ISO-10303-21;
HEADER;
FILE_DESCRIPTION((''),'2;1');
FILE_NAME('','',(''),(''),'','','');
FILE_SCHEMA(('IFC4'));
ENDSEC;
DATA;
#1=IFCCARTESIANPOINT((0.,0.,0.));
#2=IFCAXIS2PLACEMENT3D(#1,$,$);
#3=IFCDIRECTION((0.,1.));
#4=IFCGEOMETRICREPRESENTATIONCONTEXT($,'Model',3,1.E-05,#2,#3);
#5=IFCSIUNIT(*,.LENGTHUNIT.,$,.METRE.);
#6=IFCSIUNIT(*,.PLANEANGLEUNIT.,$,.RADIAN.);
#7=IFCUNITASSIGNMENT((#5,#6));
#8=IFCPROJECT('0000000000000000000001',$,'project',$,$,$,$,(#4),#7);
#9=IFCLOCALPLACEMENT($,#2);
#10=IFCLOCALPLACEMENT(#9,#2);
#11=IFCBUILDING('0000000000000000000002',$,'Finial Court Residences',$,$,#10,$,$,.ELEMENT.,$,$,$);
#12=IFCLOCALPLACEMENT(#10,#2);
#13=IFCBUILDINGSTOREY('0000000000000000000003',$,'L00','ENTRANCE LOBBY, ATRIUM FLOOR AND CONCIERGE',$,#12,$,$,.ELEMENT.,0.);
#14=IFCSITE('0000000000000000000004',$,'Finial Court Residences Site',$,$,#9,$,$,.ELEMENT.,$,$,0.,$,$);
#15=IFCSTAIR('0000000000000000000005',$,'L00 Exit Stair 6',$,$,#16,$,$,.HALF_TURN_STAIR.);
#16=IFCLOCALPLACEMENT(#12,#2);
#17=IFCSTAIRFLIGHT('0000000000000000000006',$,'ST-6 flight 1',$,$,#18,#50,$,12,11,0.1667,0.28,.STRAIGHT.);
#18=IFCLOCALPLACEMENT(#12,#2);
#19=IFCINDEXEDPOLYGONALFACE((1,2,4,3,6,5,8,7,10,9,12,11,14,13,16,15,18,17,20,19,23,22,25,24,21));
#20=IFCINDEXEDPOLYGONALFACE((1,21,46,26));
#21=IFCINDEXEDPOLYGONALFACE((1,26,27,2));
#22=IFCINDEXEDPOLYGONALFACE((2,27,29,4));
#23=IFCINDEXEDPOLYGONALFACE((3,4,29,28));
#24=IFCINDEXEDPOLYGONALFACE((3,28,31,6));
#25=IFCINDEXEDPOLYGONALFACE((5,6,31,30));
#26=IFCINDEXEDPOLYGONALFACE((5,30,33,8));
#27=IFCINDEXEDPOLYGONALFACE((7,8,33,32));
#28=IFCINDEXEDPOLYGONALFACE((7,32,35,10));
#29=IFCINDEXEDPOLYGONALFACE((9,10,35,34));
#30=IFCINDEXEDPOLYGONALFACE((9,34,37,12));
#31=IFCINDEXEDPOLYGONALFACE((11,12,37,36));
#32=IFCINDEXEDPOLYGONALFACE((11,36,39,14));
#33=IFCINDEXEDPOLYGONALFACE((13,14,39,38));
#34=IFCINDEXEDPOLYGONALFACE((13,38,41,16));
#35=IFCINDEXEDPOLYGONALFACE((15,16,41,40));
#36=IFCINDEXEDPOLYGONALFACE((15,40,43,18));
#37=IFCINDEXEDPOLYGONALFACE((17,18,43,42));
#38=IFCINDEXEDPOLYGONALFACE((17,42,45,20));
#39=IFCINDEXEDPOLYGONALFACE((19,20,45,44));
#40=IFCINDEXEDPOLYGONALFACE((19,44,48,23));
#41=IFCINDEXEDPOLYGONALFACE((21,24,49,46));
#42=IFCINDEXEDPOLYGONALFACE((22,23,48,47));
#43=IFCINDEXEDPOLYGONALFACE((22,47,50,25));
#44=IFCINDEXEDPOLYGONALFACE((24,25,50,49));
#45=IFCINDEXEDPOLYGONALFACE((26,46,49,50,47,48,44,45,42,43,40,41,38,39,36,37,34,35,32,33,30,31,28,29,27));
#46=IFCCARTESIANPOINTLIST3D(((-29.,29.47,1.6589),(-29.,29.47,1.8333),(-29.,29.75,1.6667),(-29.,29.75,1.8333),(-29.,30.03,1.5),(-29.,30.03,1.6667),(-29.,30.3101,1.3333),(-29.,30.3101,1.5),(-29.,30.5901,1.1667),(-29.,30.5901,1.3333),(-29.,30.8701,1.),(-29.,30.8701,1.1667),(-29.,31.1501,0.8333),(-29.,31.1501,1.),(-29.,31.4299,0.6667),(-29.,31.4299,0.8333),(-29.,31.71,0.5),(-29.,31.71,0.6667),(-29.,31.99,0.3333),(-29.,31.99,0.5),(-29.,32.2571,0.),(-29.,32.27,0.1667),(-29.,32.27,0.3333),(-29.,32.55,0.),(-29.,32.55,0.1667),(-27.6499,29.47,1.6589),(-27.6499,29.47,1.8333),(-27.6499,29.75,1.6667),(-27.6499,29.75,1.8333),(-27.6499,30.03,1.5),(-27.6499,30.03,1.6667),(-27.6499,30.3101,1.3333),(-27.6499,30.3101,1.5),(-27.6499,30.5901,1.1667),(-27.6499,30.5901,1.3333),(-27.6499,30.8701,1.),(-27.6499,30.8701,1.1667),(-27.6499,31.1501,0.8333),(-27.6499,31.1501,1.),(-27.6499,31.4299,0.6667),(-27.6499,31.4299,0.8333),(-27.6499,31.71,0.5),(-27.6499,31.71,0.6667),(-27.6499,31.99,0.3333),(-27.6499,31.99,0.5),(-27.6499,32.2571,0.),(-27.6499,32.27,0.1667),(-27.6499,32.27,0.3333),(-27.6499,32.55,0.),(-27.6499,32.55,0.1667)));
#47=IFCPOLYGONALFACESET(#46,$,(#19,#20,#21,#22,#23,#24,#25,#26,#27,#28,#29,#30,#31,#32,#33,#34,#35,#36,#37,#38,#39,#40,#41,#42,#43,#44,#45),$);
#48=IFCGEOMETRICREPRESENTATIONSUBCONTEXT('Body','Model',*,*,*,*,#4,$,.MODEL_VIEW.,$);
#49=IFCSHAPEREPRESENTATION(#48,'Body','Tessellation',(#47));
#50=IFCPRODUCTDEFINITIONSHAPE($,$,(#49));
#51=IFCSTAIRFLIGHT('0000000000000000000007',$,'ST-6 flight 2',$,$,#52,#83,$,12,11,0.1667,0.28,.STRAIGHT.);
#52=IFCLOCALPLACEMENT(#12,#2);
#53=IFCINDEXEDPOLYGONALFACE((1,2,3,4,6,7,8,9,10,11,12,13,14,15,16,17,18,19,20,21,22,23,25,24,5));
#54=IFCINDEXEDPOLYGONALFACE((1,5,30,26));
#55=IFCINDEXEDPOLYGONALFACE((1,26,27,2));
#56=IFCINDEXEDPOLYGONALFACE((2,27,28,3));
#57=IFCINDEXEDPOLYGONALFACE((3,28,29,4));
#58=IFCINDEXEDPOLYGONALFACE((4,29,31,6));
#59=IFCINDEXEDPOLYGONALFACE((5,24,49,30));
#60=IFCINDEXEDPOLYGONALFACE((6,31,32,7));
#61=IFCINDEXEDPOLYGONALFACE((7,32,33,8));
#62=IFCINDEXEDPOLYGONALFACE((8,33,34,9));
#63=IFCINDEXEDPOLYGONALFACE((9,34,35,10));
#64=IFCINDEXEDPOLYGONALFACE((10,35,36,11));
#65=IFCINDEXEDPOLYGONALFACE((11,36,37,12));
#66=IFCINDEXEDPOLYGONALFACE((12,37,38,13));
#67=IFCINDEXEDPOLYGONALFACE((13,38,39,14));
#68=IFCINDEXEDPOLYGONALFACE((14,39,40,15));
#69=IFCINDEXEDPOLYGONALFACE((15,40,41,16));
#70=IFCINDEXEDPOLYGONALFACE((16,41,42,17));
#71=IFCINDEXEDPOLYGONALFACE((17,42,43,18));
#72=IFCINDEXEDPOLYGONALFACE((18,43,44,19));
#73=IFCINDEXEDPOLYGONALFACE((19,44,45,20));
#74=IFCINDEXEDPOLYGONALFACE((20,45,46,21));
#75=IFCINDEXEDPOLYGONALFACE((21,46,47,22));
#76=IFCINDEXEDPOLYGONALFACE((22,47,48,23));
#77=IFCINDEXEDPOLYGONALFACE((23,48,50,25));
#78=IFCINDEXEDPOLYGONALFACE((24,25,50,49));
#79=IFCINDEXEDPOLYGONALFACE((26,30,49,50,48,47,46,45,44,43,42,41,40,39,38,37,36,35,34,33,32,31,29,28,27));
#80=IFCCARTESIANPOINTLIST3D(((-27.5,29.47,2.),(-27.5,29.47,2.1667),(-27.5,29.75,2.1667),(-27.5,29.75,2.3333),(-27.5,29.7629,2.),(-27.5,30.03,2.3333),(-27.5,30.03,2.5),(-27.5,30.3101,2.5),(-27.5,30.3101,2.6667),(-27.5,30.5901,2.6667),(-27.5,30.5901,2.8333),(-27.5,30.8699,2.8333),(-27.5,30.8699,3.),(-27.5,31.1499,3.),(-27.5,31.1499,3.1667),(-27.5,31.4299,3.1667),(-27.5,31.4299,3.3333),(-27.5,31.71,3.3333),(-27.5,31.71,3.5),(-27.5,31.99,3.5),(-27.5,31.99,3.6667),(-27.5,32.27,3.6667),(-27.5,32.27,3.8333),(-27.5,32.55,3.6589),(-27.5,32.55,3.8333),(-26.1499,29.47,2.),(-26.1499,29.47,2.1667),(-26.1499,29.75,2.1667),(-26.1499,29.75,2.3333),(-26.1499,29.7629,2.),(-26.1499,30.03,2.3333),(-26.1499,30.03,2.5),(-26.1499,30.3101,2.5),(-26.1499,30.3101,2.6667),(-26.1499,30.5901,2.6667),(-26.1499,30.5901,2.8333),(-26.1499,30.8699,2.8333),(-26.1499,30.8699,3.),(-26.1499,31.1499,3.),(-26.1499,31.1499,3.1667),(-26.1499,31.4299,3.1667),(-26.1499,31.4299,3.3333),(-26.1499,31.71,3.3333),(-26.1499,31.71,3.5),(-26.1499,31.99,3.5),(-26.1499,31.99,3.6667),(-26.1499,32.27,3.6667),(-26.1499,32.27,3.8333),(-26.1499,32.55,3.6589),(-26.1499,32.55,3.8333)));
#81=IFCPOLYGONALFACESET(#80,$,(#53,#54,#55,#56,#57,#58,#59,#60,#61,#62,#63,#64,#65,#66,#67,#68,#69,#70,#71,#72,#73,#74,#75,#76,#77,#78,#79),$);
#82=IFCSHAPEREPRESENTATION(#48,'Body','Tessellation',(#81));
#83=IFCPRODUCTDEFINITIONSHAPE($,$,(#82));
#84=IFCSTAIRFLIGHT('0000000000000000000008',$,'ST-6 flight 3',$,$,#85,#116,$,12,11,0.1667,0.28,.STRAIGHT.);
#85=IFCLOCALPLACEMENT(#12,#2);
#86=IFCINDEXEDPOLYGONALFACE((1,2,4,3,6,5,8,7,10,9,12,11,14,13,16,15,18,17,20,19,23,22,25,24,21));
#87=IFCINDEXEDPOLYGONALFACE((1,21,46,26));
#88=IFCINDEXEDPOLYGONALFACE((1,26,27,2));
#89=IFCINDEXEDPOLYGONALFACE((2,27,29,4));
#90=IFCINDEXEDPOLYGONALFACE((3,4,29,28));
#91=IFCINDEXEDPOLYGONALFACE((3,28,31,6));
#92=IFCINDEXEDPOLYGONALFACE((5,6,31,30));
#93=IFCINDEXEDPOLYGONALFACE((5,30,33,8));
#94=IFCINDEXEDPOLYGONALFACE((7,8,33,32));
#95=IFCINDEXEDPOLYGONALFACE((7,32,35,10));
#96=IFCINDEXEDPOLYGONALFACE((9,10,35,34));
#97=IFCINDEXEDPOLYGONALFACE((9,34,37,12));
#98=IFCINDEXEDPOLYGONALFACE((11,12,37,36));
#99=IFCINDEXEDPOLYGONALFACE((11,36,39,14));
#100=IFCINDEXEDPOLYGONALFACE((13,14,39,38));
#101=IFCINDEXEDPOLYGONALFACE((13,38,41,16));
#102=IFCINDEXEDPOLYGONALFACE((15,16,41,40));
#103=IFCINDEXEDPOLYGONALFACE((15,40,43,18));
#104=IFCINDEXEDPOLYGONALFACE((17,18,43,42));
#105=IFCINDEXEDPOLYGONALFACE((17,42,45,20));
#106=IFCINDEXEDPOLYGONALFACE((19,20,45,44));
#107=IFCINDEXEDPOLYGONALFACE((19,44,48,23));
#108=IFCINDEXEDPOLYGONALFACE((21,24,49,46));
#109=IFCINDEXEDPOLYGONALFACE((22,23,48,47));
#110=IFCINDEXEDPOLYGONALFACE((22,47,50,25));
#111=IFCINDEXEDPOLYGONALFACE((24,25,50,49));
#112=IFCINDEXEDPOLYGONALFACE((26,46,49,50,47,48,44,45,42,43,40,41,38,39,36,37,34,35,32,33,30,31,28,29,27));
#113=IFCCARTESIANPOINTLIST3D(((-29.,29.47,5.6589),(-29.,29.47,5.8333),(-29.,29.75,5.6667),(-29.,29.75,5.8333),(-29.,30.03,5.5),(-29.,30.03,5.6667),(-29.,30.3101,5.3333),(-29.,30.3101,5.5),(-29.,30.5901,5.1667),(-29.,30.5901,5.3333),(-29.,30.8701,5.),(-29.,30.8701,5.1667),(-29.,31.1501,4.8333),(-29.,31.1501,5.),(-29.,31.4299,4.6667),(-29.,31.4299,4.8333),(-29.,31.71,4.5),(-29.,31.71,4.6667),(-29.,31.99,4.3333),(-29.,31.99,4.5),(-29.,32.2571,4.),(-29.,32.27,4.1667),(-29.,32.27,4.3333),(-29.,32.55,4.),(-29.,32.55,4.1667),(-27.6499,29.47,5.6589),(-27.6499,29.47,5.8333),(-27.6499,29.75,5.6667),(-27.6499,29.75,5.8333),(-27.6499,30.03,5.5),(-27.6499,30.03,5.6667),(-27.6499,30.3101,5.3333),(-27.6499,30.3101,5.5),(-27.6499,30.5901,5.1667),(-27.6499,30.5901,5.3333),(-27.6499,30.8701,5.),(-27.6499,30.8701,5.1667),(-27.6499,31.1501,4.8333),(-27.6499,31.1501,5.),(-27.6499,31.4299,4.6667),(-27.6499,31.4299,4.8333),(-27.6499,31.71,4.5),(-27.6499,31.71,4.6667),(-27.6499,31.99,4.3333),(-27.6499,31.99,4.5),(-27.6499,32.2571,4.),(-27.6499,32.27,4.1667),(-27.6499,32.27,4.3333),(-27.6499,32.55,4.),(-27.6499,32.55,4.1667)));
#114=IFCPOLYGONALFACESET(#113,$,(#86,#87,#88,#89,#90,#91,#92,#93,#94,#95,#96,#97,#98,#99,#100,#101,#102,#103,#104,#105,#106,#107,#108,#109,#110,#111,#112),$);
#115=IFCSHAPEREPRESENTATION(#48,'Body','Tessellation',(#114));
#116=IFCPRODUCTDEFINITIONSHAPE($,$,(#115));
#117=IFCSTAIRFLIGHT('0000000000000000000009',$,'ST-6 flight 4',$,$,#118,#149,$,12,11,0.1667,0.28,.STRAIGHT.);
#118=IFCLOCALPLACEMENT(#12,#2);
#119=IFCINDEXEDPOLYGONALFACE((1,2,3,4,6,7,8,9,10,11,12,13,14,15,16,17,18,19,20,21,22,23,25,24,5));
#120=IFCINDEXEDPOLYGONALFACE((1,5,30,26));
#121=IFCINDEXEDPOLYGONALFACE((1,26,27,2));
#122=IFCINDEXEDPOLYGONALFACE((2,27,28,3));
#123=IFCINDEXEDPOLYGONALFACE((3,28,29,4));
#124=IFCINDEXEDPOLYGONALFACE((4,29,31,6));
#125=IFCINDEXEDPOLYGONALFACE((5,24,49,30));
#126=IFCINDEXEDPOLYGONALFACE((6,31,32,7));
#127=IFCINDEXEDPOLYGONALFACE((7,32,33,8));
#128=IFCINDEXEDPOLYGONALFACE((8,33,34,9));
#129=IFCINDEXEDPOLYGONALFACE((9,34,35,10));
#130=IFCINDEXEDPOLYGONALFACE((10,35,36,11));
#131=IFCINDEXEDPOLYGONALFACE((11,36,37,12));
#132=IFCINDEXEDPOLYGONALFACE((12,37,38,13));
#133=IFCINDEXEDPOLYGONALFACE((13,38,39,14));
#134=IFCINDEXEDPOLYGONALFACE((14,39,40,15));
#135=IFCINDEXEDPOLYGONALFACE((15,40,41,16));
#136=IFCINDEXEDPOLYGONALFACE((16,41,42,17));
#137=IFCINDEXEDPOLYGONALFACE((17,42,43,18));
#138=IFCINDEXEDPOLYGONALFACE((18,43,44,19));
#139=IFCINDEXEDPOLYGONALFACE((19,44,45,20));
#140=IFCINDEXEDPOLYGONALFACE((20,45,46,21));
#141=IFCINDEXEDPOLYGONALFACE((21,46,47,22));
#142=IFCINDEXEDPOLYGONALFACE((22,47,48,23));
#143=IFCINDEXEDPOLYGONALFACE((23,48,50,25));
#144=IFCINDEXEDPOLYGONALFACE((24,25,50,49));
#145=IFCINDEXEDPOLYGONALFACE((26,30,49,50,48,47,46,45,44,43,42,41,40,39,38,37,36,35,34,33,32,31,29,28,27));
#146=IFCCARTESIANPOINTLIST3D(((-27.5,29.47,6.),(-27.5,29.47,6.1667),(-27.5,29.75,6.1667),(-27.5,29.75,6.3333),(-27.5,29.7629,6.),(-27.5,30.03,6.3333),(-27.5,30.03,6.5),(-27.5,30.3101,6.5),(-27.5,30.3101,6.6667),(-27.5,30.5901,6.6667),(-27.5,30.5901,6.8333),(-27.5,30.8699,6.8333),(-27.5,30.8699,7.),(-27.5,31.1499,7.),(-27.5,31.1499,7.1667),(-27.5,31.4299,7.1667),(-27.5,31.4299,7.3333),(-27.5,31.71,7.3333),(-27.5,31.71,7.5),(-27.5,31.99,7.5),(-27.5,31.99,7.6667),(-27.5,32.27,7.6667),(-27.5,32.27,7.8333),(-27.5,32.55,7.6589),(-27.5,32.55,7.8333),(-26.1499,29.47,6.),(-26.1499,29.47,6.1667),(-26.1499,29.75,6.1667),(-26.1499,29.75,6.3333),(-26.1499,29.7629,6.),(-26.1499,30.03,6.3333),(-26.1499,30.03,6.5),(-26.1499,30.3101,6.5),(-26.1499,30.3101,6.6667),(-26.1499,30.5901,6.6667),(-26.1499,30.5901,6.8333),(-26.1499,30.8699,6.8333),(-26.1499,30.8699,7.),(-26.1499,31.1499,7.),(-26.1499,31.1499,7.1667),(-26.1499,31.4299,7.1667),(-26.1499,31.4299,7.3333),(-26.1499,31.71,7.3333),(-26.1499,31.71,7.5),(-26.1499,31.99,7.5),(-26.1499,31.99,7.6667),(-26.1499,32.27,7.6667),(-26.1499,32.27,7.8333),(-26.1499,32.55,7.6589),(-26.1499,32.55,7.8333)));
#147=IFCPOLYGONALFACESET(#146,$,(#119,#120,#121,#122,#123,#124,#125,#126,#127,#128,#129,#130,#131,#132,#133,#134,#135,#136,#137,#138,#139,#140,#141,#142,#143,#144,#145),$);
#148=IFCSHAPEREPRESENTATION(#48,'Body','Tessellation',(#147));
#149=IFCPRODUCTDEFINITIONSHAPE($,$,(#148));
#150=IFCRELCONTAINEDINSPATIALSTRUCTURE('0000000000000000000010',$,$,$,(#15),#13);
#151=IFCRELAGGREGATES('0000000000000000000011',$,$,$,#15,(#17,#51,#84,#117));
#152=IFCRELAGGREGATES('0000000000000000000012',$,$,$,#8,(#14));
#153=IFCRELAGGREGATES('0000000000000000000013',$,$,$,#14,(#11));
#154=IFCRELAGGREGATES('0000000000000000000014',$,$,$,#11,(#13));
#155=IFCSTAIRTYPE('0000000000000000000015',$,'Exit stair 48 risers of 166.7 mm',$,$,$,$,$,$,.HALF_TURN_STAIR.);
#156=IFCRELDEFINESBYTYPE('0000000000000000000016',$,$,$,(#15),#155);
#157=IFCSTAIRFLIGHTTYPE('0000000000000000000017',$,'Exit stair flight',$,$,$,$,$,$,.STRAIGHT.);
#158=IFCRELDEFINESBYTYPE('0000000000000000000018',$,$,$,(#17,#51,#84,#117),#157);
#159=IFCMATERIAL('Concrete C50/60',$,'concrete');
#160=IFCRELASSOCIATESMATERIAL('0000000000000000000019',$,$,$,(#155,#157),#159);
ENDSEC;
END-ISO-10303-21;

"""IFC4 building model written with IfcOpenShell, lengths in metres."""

from ifc_helpers import new_model, si_unit, direction, frame, origin, place, context, subcontext, project, spatial, polyline, outline, extrude, material, type_object, element, aggregate, save


model = new_model("IFC4")

# Units and contexts
model_context = context("Model", 3, precision=1e-05, world=origin(), true_north=direction((0.0, 1.0)))
body_context = subcontext(model_context, "Body", "Model", "MODEL_VIEW")
ifc_project = project(units=[si_unit("LENGTHUNIT", "METRE"), si_unit("PLANEANGLEUNIT", "RADIAN")], contexts=[model_context])

# Site, building, storey
site_placement = place(None, origin())
site = spatial("IfcSite", under=ifc_project, at=site_placement, Name="Finial Court Residences Site", CompositionType="ELEMENT", RefElevation=0.0)
building_placement = place(site_placement, origin())
building = spatial("IfcBuilding", under=site, at=building_placement, Name="Finial Court Residences", CompositionType="ELEMENT")
storey_placement = place(building_placement, origin())
storey = spatial("IfcBuildingStorey", under=building, at=storey_placement, Name="L00", Description="ENTRANCE LOBBY, ATRIUM FLOOR AND CONCIERGE", CompositionType="ELEMENT", Elevation=0.0)

# Shared definitions
ifc_material_1 = material(Name="Concrete C50/60", Category="concrete")

# Stair, stair flights
stair_type = type_object("IfcStairType", Name="Exit stair 48 risers of 166.7 mm", PredefinedType="HALF_TURN_STAIR", material=ifc_material_1)
stair_placement = place(storey_placement, origin())
stair = element("IfcStair", 1, at=stair_placement, inside=storey, type_object=stair_type, Name="L00 Exit Stair 6", PredefinedType="HALF_TURN_STAIR")
stair_flight_type = type_object("IfcStairFlightType", Name="Exit stair flight", PredefinedType="STRAIGHT", material=ifc_material_1)
stair_flight_1_placement = place(storey_placement, frame((-28.325, 32.55, 0.0), z_axis=(0.0, 0.0, 1.0), x_axis=(0.0, -1.0, 0.0)))
stair_flight_1 = element("IfcStairFlight", 2, at=stair_flight_1_placement, type_object=stair_flight_type, Name="ST-6 flight 1", NumberOfRisers=12, NumberOfTreads=11, PredefinedType="STRAIGHT", RiserHeight=0.1667, TreadLength=0.28, context=body_context, shape_type="SweptSolid", body=[
    extrude(outline(polyline([(0.0, 0.0), (0.0, 0.1667), (0.28, 0.1667), (0.28, 0.3333), (0.5601, 0.3333), (0.5601, 0.5), (0.8401, 0.5), (0.8401, 0.6667), (1.1201, 0.6667), (1.1201, 0.8333), (1.3999, 0.8333), (1.3999, 1.0), (1.6799, 1.0), (1.6799, 1.1667), (1.96, 1.1667), (1.96, 1.3333), (2.24, 1.3333), (2.24, 1.5), (2.52, 1.5), (2.52, 1.6667), (2.8, 1.6667), (2.8, 1.8333), (3.0801, 1.8333), (3.0801, 2.0), (3.0801, 1.6589), (0.293, 0.0), (0.0, 0.0)])), frame((0.0, 0.675, 0.0), z_axis=(0.0, -1.0, 0.0), x_axis=(1.0, 0.0, 0.0)), (0.0, 0.0, 1.0), 1.3501),
])
stair_flight_2_placement = place(storey_placement, frame((-26.825, 29.47, 2.0), z_axis=(0.0, 0.0, 1.0), x_axis=(0.0, 1.0, 0.0)))
stair_flight_2 = element("IfcStairFlight", 3, at=stair_flight_2_placement, type_object=stair_flight_type, Name="ST-6 flight 2", NumberOfRisers=12, NumberOfTreads=11, PredefinedType="STRAIGHT", RiserHeight=0.1667, TreadLength=0.28, context=body_context, shape_type="SweptSolid", body=[
    extrude(outline(polyline([(0.0, 0.0), (0.0, 0.1667), (0.28, 0.1667), (0.28, 0.3333), (0.5601, 0.3333), (0.5601, 0.5), (0.8401, 0.5), (0.8401, 0.6667), (1.1201, 0.6667), (1.1201, 0.8333), (1.3999, 0.8333), (1.3999, 1.0), (1.6799, 1.0), (1.6799, 1.1667), (1.96, 1.1667), (1.96, 1.3333), (2.24, 1.3333), (2.24, 1.5), (2.52, 1.5), (2.52, 1.6667), (2.8, 1.6667), (2.8, 1.8333), (3.0801, 1.8333), (3.0801, 2.0), (3.0801, 1.6589), (0.293, 0.0), (0.0, 0.0)])), frame((0.0, 0.675, 0.0), z_axis=(0.0, -1.0, 0.0), x_axis=(1.0, 0.0, 0.0)), (0.0, 0.0, 1.0), 1.3501),
])
stair_flight_3_placement = place(storey_placement, frame((-28.325, 32.55, 4.0), z_axis=(0.0, 0.0, 1.0), x_axis=(0.0, -1.0, 0.0)))
stair_flight_3 = element("IfcStairFlight", 4, at=stair_flight_3_placement, type_object=stair_flight_type, Name="ST-6 flight 3", NumberOfRisers=12, NumberOfTreads=11, PredefinedType="STRAIGHT", RiserHeight=0.1667, TreadLength=0.28, context=body_context, shape_type="SweptSolid", body=[
    extrude(outline(polyline([(0.0, 0.0), (0.0, 0.1667), (0.28, 0.1667), (0.28, 0.3333), (0.5601, 0.3333), (0.5601, 0.5), (0.8401, 0.5), (0.8401, 0.6667), (1.1201, 0.6667), (1.1201, 0.8333), (1.3999, 0.8333), (1.3999, 1.0), (1.6799, 1.0), (1.6799, 1.1667), (1.96, 1.1667), (1.96, 1.3333), (2.24, 1.3333), (2.24, 1.5), (2.52, 1.5), (2.52, 1.6667), (2.8, 1.6667), (2.8, 1.8333), (3.0801, 1.8333), (3.0801, 2.0), (3.0801, 1.6589), (0.293, 0.0), (0.0, 0.0)])), frame((0.0, 0.675, 0.0), z_axis=(0.0, -1.0, 0.0), x_axis=(1.0, 0.0, 0.0)), (0.0, 0.0, 1.0), 1.3501),
])
stair_flight_4_placement = place(storey_placement, frame((-26.825, 29.47, 6.0), z_axis=(0.0, 0.0, 1.0), x_axis=(0.0, 1.0, 0.0)))
stair_flight_4 = element("IfcStairFlight", 5, at=stair_flight_4_placement, type_object=stair_flight_type, Name="ST-6 flight 4", NumberOfRisers=12, NumberOfTreads=11, PredefinedType="STRAIGHT", RiserHeight=0.1667, TreadLength=0.28, context=body_context, shape_type="SweptSolid", body=[
    extrude(outline(polyline([(0.0, 0.0), (0.0, 0.1667), (0.28, 0.1667), (0.28, 0.3333), (0.5601, 0.3333), (0.5601, 0.5), (0.8401, 0.5), (0.8401, 0.6667), (1.1201, 0.6667), (1.1201, 0.8333), (1.3999, 0.8333), (1.3999, 1.0), (1.6799, 1.0), (1.6799, 1.1667), (1.96, 1.1667), (1.96, 1.3333), (2.24, 1.3333), (2.24, 1.5), (2.52, 1.5), (2.52, 1.6667), (2.8, 1.6667), (2.8, 1.8333), (3.0801, 1.8333), (3.0801, 2.0), (3.0801, 1.6589), (0.293, 0.0), (0.0, 0.0)])), frame((0.0, 0.675, 0.0), z_axis=(0.0, -1.0, 0.0), x_axis=(1.0, 0.0, 0.0)), (0.0, 0.0, 1.0), 1.3501),
])
aggregate(stair, [stair_flight_1, stair_flight_2, stair_flight_3, stair_flight_4])

save(model, "model.ifc")
